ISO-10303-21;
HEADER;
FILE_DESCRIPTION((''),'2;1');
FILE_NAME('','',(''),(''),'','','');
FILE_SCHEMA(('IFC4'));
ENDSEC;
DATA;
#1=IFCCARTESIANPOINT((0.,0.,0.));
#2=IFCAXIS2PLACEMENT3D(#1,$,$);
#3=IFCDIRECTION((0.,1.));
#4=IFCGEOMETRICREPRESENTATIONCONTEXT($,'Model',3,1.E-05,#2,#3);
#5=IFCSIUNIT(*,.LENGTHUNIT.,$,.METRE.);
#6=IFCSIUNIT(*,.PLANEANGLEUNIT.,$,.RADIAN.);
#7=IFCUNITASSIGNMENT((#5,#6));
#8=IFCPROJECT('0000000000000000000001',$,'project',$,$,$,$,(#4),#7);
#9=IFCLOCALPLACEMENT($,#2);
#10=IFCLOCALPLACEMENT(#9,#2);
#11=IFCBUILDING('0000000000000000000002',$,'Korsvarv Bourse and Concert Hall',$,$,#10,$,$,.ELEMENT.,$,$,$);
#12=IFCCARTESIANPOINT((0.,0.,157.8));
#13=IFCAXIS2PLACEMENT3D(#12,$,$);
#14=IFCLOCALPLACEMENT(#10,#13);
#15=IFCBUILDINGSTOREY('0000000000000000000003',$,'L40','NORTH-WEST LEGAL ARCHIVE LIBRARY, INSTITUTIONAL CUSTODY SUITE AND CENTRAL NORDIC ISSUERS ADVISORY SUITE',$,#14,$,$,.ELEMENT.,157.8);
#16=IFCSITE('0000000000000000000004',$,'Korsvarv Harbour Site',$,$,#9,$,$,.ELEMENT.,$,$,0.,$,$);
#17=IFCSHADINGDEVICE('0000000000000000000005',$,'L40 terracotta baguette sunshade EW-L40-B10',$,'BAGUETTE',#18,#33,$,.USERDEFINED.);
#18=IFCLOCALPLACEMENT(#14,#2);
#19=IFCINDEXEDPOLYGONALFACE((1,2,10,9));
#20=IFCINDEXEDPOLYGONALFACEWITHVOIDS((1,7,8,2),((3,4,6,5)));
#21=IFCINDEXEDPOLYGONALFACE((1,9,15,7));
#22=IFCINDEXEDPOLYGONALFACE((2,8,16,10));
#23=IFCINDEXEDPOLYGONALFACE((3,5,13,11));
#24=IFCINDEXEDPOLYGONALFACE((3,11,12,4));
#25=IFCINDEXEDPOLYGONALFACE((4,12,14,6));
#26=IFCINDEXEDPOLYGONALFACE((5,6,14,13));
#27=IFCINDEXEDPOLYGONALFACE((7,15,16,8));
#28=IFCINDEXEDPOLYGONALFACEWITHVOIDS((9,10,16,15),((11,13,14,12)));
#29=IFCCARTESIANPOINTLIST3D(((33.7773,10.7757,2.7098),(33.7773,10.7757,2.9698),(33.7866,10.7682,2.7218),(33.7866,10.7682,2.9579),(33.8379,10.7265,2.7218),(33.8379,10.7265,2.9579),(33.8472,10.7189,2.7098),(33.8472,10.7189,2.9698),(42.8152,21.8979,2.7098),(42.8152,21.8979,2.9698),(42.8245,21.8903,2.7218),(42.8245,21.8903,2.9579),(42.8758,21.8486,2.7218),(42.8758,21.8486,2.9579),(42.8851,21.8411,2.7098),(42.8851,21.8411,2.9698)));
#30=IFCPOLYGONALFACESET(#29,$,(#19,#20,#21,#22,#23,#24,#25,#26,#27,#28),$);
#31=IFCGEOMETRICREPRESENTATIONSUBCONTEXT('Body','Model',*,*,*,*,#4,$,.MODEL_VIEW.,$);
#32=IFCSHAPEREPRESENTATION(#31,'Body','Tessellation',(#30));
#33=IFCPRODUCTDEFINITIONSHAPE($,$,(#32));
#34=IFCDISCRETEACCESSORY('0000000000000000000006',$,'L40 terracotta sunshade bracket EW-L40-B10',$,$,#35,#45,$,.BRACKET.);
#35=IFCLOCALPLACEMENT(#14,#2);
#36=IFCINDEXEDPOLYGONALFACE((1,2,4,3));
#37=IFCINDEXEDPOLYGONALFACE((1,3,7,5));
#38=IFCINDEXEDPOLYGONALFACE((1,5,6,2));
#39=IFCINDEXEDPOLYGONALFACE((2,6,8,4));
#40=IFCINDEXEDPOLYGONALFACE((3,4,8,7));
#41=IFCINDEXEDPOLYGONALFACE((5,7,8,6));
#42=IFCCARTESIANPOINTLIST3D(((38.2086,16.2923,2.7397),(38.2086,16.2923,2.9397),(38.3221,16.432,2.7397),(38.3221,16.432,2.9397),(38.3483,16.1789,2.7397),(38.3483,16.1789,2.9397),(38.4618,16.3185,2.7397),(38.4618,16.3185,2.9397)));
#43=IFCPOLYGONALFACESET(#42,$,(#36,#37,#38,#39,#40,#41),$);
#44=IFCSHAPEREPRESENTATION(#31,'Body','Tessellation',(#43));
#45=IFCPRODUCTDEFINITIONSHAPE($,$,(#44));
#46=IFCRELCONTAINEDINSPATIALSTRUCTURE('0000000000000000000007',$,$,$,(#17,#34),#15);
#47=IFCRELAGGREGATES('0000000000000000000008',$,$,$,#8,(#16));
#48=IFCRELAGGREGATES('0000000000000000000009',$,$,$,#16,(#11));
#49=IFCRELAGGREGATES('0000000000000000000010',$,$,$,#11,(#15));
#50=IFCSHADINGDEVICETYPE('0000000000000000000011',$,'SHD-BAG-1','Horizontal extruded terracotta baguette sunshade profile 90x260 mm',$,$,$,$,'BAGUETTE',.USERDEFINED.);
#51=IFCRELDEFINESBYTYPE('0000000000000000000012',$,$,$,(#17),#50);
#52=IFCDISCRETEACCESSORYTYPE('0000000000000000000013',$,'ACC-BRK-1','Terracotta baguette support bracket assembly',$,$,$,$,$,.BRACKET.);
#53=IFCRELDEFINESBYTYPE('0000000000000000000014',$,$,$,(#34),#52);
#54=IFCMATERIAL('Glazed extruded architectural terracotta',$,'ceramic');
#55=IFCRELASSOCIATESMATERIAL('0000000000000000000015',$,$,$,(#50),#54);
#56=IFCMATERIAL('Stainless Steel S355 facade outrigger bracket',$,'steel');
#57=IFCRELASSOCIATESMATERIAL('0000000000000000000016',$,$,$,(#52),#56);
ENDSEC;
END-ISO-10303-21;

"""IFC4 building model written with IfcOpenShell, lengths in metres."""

from ifc_helpers import new_model, si_unit, direction, frame, origin, origin_2d, place, context, subcontext, project, spatial, rectangle, hollow_rectangle, extrude, source, transform, mapped, material, material_profile, profile_set, type_object, element, save


model = new_model("IFC4")

# Units and contexts
model_context = context("Model", 3, precision=1e-05, world=origin(), true_north=direction((0.0, 1.0)))
body_context = subcontext(model_context, "Body", "Model", "MODEL_VIEW")
ifc_project = project(units=[si_unit("LENGTHUNIT", "METRE"), si_unit("PLANEANGLEUNIT", "RADIAN")], contexts=[model_context])

# Site, building, storey
site_placement = place(None, origin())
site = spatial("IfcSite", under=ifc_project, at=site_placement, Name="Korsvarv Harbour Site", CompositionType="ELEMENT", RefElevation=0.0)
building_placement = place(site_placement, origin())
building = spatial("IfcBuilding", under=site, at=building_placement, Name="Korsvarv Bourse and Concert Hall", CompositionType="ELEMENT")
storey_placement = place(building_placement, frame((0.0, 0.0, 157.8)))
storey = spatial("IfcBuildingStorey", under=building, at=storey_placement, Name="L40", Description="NORTH-WEST LEGAL ARCHIVE LIBRARY, INSTITUTIONAL CUSTODY SUITE AND CENTRAL NORDIC ISSUERS ADVISORY SUITE", CompositionType="ELEMENT", Elevation=157.8)

# Shading device
ifc_material_1 = material(Name="Glazed extruded architectural terracotta", Category="ceramic")
ifc_material_profile_1 = material_profile(ifc_material_1, hollow_rectangle(XDim=0.0901, YDim=0.26, WallThickness=0.012, at=origin_2d()), Name="TC-BAG 90x260")
ifc_profile_set_1 = profile_set([ifc_material_profile_1], Name="Glazed extruded architectural terracotta")
shading_device_type = type_object("IfcShadingDeviceType", Name="SHD-BAG-1", Description="Horizontal extruded terracotta baguette sunshade profile 90x260 mm", ElementType="BAGUETTE", PredefinedType="USERDEFINED", material=ifc_profile_set_1)
shared_shape_1 = source(origin(), body_context, "Body", "SweptSolid", [
    extrude(hollow_rectangle(XDim=0.0901, YDim=0.26, WallThickness=0.012, at=origin_2d()), origin(), (0.0, 0.0, 1.0), 14.3313),
])
shading_device_placement = place(storey_placement, frame((33.8123, 10.7473, 2.8398), z_axis=(0.630641, 0.776074, 0.0), x_axis=(-0.776074, 0.630641, 0.0)))
element("IfcShadingDevice", 1, at=shading_device_placement, inside=storey, type_object=shading_device_type, Name="L40 terracotta baguette sunshade EW-L40-B10", ObjectType="BAGUETTE", PredefinedType="USERDEFINED", context=body_context, shape_type="MappedRepresentation", body=[
    mapped(shared_shape_1, transform((0.0, 0.0, 0.0), scale=1.0)),
])

# Discrete accessory
ifc_material_2 = material(Name="Stainless Steel S355 facade outrigger bracket", Category="steel")
discrete_accessory_type = type_object("IfcDiscreteAccessoryType", Name="ACC-BRK-1", Description="Terracotta baguette support bracket assembly", PredefinedType="BRACKET", material=ifc_material_2)
shared_shape_2 = source(origin(), body_context, "Body", "SweptSolid", [
    extrude(rectangle(XDim=0.1799, YDim=0.1799, at=origin_2d()), origin(), (0.0, 0.0, 1.0), 0.2),
])
discrete_accessory_placement = place(storey_placement, frame((38.3352, 16.3054, 2.7397), z_axis=(0.0, 0.0, 1.0), x_axis=(0.630676, 0.776046, 0.0)))
element("IfcDiscreteAccessory", 2, at=discrete_accessory_placement, inside=storey, type_object=discrete_accessory_type, Name="L40 terracotta sunshade bracket EW-L40-B10", PredefinedType="BRACKET", context=body_context, shape_type="MappedRepresentation", body=[
    mapped(shared_shape_2, transform((0.0, 0.0, 0.0), scale=1.0)),
])

save(model, "model.ifc")
